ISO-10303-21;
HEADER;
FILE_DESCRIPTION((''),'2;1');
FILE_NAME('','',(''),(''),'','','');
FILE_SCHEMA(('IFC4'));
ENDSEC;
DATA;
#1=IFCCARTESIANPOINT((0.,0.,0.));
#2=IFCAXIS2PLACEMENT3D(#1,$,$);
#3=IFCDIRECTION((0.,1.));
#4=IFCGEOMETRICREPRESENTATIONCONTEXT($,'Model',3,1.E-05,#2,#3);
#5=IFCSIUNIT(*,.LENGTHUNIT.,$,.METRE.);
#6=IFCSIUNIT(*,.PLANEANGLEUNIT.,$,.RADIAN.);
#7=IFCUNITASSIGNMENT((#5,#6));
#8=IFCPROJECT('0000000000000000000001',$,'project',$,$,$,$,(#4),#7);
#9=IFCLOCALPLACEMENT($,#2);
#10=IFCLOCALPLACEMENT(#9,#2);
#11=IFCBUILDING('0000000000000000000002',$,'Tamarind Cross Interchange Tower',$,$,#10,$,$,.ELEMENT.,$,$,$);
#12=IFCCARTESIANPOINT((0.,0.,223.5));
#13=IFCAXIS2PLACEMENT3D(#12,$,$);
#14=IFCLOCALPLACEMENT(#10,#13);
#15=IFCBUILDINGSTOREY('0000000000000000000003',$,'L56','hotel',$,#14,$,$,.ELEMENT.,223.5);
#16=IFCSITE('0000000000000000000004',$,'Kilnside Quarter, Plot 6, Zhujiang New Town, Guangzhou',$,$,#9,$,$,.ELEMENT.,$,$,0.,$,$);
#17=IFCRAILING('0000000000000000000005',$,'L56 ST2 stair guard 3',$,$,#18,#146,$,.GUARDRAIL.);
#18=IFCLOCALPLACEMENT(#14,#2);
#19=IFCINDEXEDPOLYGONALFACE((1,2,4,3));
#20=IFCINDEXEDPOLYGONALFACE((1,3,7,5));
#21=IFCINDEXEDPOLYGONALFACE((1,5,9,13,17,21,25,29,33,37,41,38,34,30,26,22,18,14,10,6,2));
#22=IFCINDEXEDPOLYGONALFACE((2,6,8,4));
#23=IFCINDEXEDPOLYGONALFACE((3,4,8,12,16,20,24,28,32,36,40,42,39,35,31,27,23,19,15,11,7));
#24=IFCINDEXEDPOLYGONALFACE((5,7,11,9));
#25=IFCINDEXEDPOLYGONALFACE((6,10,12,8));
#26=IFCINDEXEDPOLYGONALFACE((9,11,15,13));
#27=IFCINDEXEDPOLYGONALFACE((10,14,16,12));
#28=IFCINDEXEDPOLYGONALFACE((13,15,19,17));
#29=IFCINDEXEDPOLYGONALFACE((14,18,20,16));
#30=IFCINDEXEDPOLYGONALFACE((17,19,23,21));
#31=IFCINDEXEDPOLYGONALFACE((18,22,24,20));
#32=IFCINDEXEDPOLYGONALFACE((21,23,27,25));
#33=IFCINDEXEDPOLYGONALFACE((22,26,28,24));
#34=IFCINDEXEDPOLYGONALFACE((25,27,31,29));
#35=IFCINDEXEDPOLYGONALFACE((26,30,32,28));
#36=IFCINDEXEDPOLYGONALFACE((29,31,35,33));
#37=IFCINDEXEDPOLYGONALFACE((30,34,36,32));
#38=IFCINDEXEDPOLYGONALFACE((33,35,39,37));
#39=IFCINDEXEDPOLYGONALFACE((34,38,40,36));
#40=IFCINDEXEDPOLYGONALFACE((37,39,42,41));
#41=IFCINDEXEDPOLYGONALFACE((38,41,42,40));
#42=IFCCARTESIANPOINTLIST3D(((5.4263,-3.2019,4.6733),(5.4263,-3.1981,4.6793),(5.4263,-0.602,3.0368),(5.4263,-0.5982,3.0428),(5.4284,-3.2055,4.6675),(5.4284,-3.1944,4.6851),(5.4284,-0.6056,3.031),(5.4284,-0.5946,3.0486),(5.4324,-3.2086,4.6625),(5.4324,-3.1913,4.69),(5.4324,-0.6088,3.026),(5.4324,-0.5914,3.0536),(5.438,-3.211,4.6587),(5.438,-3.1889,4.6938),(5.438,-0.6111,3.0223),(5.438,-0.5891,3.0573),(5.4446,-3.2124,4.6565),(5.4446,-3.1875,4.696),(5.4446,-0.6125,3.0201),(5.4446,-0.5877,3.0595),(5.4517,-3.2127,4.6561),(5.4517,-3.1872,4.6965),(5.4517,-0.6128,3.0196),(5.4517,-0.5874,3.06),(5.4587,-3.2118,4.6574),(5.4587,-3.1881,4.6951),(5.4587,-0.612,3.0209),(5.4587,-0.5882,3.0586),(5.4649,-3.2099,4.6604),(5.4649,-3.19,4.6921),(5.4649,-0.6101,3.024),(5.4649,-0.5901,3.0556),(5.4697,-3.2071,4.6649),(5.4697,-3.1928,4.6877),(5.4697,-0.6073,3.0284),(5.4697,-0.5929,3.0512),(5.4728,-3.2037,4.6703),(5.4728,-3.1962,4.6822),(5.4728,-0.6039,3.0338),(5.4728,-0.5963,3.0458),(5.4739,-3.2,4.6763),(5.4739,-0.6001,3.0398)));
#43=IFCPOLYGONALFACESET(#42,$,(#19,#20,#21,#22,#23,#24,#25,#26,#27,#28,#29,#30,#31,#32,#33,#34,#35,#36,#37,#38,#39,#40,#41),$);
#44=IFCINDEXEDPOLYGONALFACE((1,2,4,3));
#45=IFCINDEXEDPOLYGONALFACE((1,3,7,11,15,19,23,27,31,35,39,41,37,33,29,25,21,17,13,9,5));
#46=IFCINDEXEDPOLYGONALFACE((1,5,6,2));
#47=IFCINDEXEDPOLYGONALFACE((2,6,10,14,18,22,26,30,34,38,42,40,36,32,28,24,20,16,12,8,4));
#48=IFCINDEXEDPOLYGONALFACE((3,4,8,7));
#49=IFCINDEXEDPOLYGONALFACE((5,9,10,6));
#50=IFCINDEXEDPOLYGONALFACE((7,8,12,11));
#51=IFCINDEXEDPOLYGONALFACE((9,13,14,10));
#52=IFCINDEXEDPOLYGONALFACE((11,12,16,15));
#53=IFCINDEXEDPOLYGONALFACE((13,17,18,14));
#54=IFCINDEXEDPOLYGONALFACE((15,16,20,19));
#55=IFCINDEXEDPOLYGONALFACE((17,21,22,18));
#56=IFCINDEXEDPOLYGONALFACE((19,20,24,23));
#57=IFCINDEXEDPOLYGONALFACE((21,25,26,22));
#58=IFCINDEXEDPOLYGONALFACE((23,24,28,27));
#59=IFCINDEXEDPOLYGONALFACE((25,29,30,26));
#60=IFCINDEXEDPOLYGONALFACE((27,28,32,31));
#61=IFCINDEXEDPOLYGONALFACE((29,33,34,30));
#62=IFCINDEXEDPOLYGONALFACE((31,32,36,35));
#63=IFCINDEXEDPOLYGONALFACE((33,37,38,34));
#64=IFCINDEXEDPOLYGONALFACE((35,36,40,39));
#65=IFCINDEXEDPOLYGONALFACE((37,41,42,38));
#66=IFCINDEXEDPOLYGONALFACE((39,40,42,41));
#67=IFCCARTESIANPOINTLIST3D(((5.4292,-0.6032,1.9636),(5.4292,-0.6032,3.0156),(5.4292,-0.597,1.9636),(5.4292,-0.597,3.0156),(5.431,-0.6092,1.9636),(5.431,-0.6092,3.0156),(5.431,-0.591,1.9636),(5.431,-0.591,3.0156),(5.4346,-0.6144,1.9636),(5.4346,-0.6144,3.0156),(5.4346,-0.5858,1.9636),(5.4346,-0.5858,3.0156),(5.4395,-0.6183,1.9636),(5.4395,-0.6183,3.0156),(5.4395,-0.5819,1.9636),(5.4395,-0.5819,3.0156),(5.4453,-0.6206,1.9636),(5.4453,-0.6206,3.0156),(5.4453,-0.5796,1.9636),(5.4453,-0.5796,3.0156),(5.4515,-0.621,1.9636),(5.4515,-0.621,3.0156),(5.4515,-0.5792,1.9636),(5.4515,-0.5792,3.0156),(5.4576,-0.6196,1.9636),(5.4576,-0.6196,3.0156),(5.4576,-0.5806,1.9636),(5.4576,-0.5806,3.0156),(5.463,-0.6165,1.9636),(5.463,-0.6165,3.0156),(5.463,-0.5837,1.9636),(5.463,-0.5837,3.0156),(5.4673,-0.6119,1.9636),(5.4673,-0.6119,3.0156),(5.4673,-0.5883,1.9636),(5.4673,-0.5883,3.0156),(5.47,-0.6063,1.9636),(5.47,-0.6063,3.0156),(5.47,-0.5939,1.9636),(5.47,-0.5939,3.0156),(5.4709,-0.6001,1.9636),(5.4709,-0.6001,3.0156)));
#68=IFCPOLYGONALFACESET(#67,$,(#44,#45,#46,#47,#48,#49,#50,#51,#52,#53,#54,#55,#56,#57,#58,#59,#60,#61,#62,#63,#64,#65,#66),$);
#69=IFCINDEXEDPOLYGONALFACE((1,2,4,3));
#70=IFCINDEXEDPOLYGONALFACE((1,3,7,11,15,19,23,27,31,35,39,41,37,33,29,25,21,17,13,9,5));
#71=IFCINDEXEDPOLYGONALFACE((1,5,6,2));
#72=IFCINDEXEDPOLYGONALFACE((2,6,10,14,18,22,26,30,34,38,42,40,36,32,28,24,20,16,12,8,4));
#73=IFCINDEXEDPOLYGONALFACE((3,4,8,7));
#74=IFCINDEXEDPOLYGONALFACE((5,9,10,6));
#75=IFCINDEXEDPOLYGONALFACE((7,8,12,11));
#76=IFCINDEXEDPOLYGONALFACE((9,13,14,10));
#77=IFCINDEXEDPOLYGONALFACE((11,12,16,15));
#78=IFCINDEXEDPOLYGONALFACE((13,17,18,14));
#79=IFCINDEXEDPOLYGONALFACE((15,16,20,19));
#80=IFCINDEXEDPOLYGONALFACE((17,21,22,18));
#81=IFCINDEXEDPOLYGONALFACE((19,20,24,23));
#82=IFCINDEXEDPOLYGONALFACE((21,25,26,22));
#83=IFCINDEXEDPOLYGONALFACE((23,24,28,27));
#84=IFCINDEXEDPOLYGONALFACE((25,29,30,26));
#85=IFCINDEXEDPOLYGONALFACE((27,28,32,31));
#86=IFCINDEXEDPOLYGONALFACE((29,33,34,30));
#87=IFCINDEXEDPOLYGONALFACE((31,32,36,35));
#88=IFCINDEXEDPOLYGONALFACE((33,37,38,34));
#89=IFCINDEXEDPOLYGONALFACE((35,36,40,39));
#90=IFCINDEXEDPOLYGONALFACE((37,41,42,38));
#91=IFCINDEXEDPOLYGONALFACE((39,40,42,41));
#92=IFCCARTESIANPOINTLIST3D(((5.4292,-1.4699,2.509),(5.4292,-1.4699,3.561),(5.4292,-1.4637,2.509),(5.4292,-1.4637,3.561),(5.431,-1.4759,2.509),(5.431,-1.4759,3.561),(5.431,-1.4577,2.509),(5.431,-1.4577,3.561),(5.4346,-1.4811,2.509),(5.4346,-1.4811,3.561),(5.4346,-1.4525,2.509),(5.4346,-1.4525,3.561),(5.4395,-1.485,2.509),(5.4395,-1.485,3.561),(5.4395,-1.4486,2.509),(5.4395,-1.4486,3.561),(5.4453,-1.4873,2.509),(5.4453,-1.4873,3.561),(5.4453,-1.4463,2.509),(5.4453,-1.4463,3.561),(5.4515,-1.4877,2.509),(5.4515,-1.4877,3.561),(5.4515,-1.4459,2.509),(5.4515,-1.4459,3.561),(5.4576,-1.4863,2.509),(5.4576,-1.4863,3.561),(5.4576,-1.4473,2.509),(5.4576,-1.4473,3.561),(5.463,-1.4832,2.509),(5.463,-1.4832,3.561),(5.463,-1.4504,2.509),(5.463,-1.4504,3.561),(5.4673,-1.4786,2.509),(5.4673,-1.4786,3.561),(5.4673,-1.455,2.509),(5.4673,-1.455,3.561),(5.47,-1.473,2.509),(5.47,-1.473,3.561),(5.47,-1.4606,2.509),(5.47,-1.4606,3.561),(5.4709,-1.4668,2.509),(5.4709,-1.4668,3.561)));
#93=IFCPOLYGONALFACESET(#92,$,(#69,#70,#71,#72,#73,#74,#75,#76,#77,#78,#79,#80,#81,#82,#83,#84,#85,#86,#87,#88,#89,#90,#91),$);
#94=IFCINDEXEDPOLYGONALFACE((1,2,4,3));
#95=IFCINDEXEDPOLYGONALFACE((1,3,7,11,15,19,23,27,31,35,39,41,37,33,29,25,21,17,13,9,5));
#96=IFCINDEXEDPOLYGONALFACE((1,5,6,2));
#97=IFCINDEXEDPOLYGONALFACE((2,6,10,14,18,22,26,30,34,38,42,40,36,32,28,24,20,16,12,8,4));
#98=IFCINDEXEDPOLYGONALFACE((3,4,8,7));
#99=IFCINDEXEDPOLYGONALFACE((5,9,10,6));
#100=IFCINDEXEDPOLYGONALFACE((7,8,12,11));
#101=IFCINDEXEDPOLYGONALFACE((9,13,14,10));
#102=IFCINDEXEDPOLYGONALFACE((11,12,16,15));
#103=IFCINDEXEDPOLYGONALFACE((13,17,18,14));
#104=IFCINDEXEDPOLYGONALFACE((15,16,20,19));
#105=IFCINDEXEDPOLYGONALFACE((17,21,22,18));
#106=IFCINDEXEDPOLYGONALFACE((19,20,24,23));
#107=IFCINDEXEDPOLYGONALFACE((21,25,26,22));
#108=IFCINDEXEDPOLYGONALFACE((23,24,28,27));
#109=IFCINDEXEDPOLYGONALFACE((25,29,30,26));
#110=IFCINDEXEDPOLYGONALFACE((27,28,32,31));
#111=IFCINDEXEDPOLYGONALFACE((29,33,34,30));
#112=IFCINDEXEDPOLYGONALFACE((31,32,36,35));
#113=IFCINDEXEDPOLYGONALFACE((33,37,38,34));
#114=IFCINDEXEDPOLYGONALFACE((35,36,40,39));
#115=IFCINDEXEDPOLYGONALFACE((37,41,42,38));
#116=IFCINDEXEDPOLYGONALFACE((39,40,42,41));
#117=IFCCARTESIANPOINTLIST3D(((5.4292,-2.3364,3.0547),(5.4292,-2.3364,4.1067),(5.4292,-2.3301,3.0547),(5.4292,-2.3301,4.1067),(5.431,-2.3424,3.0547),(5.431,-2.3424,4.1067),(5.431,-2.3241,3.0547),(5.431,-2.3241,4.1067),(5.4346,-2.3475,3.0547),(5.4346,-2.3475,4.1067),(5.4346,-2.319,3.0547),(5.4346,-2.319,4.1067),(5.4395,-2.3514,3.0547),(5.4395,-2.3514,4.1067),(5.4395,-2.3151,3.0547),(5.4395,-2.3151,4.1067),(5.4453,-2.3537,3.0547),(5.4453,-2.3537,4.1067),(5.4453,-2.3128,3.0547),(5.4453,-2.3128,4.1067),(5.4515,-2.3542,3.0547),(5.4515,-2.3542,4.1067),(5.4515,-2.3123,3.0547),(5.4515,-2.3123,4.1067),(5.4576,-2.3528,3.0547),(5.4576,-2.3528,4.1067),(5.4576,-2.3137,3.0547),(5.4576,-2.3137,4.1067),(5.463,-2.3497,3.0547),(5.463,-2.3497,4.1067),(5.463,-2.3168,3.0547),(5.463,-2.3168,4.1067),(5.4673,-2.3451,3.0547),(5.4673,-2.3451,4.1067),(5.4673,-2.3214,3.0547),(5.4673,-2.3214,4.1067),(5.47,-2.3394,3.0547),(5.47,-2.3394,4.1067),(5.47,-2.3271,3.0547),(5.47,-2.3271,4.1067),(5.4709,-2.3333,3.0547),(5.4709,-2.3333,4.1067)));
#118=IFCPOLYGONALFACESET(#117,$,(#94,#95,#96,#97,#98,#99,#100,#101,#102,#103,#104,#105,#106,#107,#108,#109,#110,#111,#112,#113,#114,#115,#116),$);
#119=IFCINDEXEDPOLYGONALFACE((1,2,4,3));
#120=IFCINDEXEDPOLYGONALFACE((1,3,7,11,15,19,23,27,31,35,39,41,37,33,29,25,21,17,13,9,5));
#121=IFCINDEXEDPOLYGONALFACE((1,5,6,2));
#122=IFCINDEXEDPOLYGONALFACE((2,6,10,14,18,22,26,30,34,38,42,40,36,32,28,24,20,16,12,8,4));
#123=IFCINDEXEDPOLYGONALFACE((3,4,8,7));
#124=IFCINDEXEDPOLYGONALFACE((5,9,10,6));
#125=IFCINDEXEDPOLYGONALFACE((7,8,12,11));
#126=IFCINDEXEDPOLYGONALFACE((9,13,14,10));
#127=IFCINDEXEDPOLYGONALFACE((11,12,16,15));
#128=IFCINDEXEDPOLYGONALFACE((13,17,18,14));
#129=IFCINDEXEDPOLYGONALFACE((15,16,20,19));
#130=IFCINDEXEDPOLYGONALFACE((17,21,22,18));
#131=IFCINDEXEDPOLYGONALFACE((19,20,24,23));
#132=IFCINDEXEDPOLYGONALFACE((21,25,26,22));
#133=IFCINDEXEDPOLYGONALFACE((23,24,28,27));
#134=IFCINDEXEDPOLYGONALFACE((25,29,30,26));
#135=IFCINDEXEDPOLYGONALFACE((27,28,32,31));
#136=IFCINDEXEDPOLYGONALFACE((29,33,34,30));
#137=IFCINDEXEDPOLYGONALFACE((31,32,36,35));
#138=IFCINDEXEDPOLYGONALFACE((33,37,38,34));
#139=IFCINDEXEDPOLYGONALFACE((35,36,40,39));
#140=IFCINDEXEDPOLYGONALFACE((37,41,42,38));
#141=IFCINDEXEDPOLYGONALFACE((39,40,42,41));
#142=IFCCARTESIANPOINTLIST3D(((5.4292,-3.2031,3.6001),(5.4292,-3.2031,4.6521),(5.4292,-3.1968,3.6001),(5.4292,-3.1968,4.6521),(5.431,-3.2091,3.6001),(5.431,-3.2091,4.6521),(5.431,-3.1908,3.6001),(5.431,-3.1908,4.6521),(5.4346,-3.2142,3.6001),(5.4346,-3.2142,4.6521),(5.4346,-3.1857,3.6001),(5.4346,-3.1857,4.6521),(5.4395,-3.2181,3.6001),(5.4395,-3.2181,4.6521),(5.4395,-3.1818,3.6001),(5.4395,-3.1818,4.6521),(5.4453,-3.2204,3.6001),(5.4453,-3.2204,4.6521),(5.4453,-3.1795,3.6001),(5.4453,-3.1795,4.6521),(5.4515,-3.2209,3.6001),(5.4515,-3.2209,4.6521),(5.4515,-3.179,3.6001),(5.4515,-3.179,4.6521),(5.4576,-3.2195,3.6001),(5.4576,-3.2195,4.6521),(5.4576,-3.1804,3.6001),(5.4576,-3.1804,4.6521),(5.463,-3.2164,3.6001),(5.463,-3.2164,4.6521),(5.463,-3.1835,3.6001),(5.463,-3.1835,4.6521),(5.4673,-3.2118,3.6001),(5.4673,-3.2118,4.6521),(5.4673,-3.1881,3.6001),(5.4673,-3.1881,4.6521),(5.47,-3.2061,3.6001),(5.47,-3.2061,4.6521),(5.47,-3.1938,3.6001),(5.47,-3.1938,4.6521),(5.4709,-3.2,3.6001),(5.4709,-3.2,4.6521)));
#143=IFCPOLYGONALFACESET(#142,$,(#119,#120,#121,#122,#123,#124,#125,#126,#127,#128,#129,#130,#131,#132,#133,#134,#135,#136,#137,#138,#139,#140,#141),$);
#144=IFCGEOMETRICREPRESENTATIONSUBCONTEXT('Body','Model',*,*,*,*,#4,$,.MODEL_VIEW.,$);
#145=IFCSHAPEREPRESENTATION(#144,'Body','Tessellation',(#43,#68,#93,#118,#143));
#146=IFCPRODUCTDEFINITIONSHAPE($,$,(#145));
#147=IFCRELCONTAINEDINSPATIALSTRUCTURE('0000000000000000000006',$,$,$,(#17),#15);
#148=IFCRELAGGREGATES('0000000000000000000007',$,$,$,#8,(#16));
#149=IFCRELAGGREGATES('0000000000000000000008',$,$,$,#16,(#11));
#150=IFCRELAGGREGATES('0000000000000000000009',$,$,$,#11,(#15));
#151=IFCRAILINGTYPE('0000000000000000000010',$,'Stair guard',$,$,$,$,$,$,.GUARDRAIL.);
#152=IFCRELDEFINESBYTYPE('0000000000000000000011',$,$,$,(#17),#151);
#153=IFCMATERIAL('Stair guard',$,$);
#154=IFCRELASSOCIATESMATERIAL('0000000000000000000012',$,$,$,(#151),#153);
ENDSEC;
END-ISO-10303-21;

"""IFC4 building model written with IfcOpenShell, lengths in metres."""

from ifc_helpers import new_model, si_unit, direction, frame, origin, origin_2d, place, context, subcontext, project, spatial, circle, extrude, material, type_object, element, save


model = new_model("IFC4")

# Units and contexts
model_context = context("Model", 3, precision=1e-05, world=origin(), true_north=direction((0.0, 1.0)))
body_context = subcontext(model_context, "Body", "Model", "MODEL_VIEW")
ifc_project = project(units=[si_unit("LENGTHUNIT", "METRE"), si_unit("PLANEANGLEUNIT", "RADIAN")], contexts=[model_context])

# Site, building, storey
site_placement = place(None, origin())
site = spatial("IfcSite", under=ifc_project, at=site_placement, Name="Kilnside Quarter, Plot 6, Zhujiang New Town, Guangzhou", CompositionType="ELEMENT", RefElevation=0.0)
building_placement = place(site_placement, origin())
building = spatial("IfcBuilding", under=site, at=building_placement, Name="Tamarind Cross Interchange Tower", CompositionType="ELEMENT")
storey_placement = place(building_placement, frame((0.0, 0.0, 223.5)))
storey = spatial("IfcBuildingStorey", under=building, at=storey_placement, Name="L56", Description="hotel", CompositionType="ELEMENT", Elevation=223.5)

# Railing
ifc_material_1 = material(Name="Stair guard")
railing_type_1 = type_object("IfcRailingType", Name="Stair guard", PredefinedType="GUARDRAIL", material=ifc_material_1)
railing_1_placement = place(storey_placement, frame((5.45, -0.6001, 1.9636)))
element("IfcRailing", 1, at=railing_1_placement, inside=storey, type_object=railing_type_1, Name="L56 ST2 stair guard 3", PredefinedType="GUARDRAIL", context=body_context, shape_type="SweptSolid", body=[
    extrude(circle(Radius=0.0239, at=origin_2d()), frame((0.0, 0.0, 1.0762), z_axis=(0.0, -0.846302, 0.532704), x_axis=(1.0, 0.0, 0.0)), (0.0, 0.0, 1.0), 3.072),
    extrude(circle(Radius=0.021, at=origin_2d()), origin(), (0.0, 0.0, 1.0), 1.052),
    extrude(circle(Radius=0.021, at=origin_2d()), frame((0.0, -0.8667, 0.5454)), (0.0, 0.0, 1.0), 1.052),
    extrude(circle(Radius=0.021, at=origin_2d()), frame((0.0, -1.7332, 1.0911)), (0.0, 0.0, 1.0), 1.052),
    extrude(circle(Radius=0.021, at=origin_2d()), frame((0.0, -2.5999, 1.6365)), (0.0, 0.0, 1.0), 1.052),
])

save(model, "model.ifc")
